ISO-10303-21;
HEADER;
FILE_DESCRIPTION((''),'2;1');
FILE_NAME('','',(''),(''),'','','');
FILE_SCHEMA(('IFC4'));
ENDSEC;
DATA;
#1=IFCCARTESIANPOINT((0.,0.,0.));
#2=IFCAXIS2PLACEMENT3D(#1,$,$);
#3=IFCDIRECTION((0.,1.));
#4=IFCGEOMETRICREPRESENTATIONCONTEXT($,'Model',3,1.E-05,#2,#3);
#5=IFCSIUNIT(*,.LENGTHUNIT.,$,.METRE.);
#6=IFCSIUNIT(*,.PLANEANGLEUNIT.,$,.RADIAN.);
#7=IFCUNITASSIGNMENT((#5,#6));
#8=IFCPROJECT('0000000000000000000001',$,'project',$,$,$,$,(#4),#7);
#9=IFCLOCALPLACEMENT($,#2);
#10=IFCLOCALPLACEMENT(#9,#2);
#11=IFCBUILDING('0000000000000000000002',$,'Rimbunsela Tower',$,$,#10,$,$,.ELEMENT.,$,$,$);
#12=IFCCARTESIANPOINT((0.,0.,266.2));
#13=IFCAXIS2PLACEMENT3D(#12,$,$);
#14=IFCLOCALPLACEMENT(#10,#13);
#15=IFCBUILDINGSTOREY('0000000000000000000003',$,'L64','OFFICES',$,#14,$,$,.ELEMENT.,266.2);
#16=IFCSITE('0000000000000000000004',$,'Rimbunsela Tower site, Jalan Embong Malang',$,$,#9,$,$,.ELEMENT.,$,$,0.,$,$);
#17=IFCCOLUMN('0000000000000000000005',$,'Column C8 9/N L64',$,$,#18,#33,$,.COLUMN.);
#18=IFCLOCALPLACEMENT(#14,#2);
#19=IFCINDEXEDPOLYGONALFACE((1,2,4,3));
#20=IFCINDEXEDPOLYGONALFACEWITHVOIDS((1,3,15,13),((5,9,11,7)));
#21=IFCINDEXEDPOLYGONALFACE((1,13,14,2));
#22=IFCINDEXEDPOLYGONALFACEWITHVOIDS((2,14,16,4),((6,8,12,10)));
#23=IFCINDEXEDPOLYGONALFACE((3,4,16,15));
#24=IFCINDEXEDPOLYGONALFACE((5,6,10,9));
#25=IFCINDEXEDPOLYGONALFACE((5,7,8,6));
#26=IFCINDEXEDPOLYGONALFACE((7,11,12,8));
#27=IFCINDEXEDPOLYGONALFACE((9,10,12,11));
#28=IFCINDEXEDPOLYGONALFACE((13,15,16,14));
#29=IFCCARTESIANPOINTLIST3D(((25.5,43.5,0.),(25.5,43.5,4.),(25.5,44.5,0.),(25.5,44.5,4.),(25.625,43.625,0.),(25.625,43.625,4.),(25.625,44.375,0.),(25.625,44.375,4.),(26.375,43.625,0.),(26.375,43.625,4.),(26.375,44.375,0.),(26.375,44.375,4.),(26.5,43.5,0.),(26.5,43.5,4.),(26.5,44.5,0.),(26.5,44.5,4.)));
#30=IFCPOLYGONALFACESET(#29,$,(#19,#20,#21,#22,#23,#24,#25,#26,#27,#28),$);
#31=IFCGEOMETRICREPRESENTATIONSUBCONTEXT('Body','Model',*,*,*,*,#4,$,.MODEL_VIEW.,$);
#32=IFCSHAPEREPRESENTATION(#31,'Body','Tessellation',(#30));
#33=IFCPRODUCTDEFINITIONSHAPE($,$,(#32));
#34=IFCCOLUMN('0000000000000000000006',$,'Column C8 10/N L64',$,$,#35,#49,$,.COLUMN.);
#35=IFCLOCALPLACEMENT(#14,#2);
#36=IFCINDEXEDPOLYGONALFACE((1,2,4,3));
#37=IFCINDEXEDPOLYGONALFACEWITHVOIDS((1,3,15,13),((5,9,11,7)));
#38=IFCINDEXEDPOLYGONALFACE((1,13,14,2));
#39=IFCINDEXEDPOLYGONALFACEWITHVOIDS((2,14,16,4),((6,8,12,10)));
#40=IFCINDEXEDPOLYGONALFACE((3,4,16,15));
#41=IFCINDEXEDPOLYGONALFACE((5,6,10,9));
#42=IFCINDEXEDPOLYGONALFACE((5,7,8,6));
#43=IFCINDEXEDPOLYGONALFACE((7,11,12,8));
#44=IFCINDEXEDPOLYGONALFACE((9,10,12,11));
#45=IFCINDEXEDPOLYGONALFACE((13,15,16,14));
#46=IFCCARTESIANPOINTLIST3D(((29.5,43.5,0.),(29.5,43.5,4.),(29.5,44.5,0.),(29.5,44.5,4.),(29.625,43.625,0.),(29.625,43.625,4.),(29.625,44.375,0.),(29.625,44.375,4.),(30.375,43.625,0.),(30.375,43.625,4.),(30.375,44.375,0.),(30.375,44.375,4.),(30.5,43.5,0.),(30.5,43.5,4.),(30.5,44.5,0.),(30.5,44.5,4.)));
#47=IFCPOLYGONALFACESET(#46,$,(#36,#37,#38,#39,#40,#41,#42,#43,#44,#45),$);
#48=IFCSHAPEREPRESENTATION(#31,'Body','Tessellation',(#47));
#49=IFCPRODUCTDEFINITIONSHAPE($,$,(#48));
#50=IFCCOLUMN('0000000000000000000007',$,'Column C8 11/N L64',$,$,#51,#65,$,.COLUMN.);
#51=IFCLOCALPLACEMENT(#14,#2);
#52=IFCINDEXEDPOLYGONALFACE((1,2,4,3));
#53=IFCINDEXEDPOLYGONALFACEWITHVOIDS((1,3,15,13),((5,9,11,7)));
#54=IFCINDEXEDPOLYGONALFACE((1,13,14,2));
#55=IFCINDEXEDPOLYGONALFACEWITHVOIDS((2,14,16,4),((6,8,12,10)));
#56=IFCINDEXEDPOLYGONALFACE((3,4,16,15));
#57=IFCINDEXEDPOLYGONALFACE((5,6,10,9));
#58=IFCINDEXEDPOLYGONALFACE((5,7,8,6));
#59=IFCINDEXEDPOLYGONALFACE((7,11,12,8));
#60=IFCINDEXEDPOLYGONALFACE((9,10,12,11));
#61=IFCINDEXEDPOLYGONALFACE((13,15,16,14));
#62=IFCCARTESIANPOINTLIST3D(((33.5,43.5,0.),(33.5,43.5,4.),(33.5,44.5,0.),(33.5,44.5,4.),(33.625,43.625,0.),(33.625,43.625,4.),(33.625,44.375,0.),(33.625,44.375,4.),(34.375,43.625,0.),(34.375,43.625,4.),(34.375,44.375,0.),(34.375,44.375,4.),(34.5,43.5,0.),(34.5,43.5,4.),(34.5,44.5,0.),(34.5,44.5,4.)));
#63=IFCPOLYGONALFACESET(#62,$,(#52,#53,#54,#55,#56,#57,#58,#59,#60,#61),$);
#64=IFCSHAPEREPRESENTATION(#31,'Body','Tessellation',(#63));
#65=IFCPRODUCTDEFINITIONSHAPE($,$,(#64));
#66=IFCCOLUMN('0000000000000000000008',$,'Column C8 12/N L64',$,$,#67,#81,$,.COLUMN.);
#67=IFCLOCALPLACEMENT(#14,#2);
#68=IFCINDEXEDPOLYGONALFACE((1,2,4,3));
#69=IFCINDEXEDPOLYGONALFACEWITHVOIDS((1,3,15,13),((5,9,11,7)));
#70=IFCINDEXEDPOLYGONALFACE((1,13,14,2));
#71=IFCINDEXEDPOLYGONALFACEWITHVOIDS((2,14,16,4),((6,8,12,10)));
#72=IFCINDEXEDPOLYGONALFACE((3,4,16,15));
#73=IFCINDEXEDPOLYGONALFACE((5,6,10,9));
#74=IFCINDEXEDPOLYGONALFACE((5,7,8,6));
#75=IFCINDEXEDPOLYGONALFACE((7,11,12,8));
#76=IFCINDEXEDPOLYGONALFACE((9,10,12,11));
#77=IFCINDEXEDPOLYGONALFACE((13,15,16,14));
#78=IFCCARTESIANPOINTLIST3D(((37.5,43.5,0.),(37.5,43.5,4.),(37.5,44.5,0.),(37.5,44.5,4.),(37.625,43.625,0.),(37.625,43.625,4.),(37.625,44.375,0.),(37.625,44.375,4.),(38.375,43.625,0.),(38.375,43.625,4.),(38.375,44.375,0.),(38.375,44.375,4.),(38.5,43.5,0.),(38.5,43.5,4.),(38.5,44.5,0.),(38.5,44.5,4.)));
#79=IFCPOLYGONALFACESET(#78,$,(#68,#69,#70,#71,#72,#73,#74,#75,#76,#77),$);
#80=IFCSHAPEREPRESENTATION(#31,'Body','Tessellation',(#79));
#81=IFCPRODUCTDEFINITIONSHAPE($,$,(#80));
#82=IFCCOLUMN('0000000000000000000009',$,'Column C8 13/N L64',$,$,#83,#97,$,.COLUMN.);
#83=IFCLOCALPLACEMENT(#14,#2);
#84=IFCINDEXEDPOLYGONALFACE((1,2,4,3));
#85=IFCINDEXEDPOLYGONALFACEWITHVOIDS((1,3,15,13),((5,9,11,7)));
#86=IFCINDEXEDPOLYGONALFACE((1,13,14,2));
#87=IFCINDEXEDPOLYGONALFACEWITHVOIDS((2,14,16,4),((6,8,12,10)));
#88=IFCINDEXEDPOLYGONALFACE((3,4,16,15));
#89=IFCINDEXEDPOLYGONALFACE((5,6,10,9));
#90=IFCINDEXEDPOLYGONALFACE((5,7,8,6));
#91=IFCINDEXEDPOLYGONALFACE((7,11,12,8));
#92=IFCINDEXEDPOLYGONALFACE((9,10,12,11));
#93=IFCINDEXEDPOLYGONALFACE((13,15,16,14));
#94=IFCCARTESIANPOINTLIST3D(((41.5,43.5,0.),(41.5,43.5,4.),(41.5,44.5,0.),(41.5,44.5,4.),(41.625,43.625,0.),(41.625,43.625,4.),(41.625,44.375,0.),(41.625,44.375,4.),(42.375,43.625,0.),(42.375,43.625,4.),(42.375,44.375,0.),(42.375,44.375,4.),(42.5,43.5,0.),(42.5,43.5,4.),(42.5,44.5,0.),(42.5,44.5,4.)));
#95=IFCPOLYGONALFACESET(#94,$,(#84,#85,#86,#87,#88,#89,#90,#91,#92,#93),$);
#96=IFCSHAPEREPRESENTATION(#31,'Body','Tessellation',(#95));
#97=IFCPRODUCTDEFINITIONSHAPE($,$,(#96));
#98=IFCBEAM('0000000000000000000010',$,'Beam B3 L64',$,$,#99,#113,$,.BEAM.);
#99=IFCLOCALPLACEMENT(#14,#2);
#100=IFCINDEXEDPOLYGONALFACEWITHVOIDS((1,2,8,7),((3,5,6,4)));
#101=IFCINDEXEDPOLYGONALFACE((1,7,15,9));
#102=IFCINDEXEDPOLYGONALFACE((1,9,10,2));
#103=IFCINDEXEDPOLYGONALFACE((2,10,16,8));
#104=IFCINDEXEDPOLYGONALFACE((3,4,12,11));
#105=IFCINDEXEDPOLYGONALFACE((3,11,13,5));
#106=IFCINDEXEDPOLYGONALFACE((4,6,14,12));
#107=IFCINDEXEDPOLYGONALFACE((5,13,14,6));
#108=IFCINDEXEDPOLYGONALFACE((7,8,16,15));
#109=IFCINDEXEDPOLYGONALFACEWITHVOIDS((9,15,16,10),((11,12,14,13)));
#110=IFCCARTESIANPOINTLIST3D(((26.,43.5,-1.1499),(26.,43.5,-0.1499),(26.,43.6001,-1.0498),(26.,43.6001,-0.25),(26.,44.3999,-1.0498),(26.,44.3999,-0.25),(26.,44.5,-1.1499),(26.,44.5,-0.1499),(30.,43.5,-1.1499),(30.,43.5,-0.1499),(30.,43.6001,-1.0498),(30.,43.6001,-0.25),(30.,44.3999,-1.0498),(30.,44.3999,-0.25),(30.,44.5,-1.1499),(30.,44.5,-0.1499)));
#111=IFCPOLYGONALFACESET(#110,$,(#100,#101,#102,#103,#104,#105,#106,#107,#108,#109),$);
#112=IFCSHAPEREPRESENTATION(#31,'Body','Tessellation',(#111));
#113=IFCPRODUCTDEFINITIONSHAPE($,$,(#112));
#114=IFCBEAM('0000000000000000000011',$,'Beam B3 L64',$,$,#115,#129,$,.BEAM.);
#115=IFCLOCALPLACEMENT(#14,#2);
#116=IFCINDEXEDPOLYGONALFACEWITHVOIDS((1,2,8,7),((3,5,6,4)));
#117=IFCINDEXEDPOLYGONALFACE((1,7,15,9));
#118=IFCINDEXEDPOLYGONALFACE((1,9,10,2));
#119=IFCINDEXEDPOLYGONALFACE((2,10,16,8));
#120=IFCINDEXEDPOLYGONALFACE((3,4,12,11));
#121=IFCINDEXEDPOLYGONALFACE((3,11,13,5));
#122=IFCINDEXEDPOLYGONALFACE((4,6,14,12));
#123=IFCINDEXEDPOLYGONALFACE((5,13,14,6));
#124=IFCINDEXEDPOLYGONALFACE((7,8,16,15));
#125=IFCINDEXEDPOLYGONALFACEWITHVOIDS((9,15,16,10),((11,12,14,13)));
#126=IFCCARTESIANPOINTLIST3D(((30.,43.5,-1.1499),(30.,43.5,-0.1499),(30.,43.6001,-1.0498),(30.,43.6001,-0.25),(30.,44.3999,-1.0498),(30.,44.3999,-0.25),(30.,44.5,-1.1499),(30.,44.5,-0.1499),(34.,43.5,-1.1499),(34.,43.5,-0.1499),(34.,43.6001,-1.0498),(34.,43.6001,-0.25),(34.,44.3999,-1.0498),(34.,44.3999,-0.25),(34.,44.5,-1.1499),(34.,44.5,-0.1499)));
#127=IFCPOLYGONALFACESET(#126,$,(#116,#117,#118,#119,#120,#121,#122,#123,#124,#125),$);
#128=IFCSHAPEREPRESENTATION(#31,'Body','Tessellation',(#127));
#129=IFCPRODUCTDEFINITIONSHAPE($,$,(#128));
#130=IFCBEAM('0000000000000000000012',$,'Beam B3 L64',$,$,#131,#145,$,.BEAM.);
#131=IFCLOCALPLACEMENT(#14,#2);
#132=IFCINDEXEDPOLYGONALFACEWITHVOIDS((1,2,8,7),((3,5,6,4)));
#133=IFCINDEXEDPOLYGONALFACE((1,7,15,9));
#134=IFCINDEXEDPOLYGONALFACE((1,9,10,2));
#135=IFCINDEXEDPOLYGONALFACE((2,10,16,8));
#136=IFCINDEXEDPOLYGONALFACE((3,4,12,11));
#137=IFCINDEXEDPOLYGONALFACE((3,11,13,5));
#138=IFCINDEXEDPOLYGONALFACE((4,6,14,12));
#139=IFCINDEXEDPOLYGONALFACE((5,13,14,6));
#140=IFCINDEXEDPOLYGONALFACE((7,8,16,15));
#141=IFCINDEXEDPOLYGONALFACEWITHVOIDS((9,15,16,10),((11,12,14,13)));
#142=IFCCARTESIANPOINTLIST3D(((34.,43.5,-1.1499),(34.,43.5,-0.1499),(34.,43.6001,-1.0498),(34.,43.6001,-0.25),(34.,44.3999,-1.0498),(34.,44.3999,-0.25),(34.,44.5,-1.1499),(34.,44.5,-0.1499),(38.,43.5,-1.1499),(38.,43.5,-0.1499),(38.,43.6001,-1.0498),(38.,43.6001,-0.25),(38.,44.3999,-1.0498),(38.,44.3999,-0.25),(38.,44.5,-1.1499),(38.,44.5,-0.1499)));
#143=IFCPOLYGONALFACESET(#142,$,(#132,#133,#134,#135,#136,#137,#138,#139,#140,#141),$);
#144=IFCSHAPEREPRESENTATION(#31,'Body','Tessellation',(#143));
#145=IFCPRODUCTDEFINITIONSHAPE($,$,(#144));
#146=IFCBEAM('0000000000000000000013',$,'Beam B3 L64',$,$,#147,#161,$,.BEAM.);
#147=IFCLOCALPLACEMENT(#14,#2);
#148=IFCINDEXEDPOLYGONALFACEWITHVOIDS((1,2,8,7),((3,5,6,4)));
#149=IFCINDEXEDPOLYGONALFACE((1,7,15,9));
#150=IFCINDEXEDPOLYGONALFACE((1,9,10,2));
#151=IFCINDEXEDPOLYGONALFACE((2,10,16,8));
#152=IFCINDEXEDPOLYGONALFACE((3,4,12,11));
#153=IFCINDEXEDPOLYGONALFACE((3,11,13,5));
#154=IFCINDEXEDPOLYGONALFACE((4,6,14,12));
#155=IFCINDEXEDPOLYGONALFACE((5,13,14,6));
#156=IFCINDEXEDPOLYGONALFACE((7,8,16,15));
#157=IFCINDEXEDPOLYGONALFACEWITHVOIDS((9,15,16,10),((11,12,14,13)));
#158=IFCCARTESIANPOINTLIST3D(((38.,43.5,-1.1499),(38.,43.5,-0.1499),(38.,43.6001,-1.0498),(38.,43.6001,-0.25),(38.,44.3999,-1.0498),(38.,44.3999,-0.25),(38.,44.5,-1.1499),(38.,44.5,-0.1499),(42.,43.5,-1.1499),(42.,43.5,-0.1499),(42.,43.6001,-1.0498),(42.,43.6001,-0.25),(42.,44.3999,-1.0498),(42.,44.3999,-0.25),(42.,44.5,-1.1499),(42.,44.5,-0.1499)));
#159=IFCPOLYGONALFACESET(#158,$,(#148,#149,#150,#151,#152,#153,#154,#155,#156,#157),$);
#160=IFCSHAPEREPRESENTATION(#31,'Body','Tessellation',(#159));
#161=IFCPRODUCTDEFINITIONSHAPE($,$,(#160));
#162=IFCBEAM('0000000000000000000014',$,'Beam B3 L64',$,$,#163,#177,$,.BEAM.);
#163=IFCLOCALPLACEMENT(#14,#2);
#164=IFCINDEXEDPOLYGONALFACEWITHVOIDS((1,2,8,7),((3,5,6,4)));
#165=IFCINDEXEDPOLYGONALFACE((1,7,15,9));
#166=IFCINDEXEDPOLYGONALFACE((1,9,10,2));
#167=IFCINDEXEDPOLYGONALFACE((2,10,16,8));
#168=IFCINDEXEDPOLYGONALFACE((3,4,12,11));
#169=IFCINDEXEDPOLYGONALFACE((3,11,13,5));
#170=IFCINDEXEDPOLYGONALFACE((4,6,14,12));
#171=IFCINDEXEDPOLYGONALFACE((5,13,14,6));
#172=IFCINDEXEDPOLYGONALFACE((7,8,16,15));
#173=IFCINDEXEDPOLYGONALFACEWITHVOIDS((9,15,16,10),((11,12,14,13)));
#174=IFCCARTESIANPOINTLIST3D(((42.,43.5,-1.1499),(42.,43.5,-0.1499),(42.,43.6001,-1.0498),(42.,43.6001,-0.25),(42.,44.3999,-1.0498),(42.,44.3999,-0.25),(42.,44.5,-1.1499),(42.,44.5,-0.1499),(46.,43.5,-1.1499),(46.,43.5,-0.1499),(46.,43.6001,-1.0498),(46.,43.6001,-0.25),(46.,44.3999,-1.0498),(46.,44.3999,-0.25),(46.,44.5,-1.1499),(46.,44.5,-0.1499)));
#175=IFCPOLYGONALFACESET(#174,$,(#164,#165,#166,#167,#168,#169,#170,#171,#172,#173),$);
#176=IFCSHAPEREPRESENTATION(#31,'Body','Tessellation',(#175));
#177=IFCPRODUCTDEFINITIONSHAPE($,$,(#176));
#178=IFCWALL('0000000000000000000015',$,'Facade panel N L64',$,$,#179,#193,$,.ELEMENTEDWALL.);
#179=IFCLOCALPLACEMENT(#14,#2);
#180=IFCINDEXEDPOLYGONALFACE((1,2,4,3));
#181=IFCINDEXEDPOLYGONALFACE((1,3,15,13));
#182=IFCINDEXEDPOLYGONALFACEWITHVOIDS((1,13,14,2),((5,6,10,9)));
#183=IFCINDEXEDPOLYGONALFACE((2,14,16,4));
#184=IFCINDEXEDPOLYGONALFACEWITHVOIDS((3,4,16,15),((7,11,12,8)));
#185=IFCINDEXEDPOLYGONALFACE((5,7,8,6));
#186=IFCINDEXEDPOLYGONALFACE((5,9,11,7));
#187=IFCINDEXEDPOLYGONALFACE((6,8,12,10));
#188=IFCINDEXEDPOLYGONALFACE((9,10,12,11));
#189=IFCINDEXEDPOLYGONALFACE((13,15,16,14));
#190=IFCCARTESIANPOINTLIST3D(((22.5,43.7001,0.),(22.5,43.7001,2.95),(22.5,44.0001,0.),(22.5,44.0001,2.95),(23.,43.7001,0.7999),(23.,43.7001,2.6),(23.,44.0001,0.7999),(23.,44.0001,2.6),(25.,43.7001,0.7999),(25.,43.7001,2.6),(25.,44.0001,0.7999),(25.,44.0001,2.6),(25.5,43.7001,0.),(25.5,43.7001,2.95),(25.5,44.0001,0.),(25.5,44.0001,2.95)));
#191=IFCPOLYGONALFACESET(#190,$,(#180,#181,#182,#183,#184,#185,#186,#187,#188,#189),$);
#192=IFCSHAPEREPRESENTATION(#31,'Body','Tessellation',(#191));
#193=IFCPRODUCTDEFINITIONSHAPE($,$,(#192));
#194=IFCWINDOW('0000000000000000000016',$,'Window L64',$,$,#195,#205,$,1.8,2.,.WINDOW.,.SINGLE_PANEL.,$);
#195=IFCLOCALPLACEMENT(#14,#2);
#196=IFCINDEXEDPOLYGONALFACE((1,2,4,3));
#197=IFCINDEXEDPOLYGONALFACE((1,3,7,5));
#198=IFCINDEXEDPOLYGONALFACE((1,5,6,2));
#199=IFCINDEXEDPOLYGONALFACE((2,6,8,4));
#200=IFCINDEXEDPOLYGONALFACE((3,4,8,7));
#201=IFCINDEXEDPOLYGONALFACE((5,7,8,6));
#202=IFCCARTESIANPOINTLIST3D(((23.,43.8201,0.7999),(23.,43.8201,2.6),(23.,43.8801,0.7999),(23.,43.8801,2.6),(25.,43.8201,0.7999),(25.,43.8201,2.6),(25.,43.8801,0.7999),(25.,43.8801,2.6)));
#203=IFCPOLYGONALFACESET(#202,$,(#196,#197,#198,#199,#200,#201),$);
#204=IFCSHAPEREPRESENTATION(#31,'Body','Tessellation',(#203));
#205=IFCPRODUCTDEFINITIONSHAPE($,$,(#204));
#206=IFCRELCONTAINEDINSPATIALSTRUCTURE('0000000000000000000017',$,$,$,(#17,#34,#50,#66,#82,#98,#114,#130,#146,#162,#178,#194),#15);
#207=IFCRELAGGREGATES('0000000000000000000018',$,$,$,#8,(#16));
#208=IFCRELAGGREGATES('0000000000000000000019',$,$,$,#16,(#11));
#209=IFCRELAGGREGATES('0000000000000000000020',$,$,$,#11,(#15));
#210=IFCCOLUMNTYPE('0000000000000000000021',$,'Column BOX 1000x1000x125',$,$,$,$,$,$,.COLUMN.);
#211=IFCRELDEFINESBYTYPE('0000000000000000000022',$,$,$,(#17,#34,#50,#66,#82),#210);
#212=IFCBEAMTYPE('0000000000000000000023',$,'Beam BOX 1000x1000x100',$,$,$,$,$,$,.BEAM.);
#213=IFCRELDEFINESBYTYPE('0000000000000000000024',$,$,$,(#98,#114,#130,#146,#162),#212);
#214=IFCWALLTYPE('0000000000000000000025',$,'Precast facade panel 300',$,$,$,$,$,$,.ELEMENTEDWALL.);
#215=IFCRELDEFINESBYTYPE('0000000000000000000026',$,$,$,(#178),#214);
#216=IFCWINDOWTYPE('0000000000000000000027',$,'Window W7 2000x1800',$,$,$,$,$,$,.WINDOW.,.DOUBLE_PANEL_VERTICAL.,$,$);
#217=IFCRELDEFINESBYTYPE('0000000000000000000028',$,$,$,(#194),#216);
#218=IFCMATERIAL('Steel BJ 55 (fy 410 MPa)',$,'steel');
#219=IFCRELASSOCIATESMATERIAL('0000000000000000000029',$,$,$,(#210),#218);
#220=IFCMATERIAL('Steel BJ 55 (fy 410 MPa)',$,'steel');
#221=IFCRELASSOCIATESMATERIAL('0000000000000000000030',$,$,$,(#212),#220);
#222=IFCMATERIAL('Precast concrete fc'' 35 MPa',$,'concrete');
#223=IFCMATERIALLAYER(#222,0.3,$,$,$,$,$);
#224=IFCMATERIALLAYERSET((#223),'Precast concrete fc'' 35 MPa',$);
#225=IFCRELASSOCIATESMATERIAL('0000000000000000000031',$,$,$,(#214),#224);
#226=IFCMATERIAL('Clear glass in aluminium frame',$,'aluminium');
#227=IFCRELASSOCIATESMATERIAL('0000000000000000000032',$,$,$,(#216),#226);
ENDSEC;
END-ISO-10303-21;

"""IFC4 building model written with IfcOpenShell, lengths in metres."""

from ifc_helpers import new_model, si_unit, direction, frame, frame_2d, origin, origin_2d, place, context, subcontext, project, spatial, rectangle, hollow_rectangle, extrude, material, layer, layer_set, material_profile, profile_set, type_object, element, fill, save


model = new_model("IFC4")

# Units and contexts
model_context = context("Model", 3, precision=1e-05, world=origin(), true_north=direction((0.0, 1.0)))
body_context = subcontext(model_context, "Body", "Model", "MODEL_VIEW")
ifc_project = project(units=[si_unit("LENGTHUNIT", "METRE"), si_unit("PLANEANGLEUNIT", "RADIAN")], contexts=[model_context])

# Site, building, storey
site_placement = place(None, origin())
site = spatial("IfcSite", under=ifc_project, at=site_placement, Name="Rimbunsela Tower site, Jalan Embong Malang", CompositionType="ELEMENT", RefElevation=0.0)
building_placement = place(site_placement, origin())
building = spatial("IfcBuilding", under=site, at=building_placement, Name="Rimbunsela Tower", CompositionType="ELEMENT")
storey_placement = place(building_placement, frame((0.0, 0.0, 266.2)))
storey = spatial("IfcBuildingStorey", under=building, at=storey_placement, Name="L64", Description="OFFICES", CompositionType="ELEMENT", Elevation=266.2)

# Columns
ifc_material_1 = material(Name="Steel BJ 55 (fy 410 MPa)", Category="steel")
ifc_material_profile_1 = material_profile(ifc_material_1, hollow_rectangle(XDim=1.0, YDim=1.0, WallThickness=0.125, at=origin_2d()), Name="BOX 1000x1000x125")
ifc_profile_set_1 = profile_set([ifc_material_profile_1], Name="Steel BJ 55 (fy 410 MPa)")
column_type = type_object("IfcColumnType", Name="Column BOX 1000x1000x125", PredefinedType="COLUMN", material=ifc_profile_set_1)
for number, where, z_axis, x_axis, name in (
    (1, (26.0, 44.0, 0.0), (0.0, 0.0, 1.0), (1.0, 0.0, 0.0), "Column C8 9/N L64"),
    (2, (30.0, 44.0, 0.0), (0.0, 0.0, 1.0), (1.0, 0.0, 0.0), "Column C8 10/N L64"),
    (3, (34.0, 44.0, 0.0), (0.0, 0.0, 1.0), (1.0, 0.0, 0.0), "Column C8 11/N L64"),
    (4, (38.0, 44.0, 0.0), (0.0, 0.0, 1.0), (1.0, 0.0, 0.0), "Column C8 12/N L64"),
    (5, (42.0, 44.0, 0.0), (0.0, 0.0, 1.0), (1.0, 0.0, 0.0), "Column C8 13/N L64"),
):
    element("IfcColumn", number, at=place(storey_placement, frame(where, z_axis=z_axis, x_axis=x_axis)), inside=storey, type_object=column_type, Name=name, PredefinedType="COLUMN", context=body_context, shape_type="SweptSolid", body=[
        extrude(hollow_rectangle(XDim=1.0, YDim=1.0, WallThickness=0.125, at=origin_2d()), origin(), (0.0, 0.0, 1.0), 4.0),
    ])

# Beams
ifc_material_2 = material(Name="Steel BJ 55 (fy 410 MPa)", Category="steel")
ifc_material_profile_2 = material_profile(ifc_material_2, hollow_rectangle(XDim=1.0, YDim=1.0, WallThickness=0.1001, at=origin_2d()), Name="BOX 1000x1000x100")
ifc_profile_set_2 = profile_set([ifc_material_profile_2], Name="Steel BJ 55 (fy 410 MPa)")
beam_type = type_object("IfcBeamType", Name="Beam BOX 1000x1000x100", PredefinedType="BEAM", material=ifc_profile_set_2)
for number, where, z_axis, x_axis, name in (
    (6, (26.0, 44.0, -0.6499), (1.0, 0.0, 0.0), (0.0, 1.0, 0.0), "Beam B3 L64"),
    (7, (30.0, 44.0, -0.6499), (1.0, 0.0, 0.0), (0.0, 1.0, 0.0), "Beam B3 L64"),
    (8, (34.0, 44.0, -0.6499), (1.0, 0.0, 0.0), (0.0, 1.0, 0.0), "Beam B3 L64"),
    (9, (38.0, 44.0, -0.6499), (1.0, 0.0, 0.0), (0.0, 1.0, 0.0), "Beam B3 L64"),
    (10, (42.0, 44.0, -0.6499), (1.0, 0.0, 0.0), (0.0, 1.0, 0.0), "Beam B3 L64"),
):
    element("IfcBeam", number, at=place(storey_placement, frame(where, z_axis=z_axis, x_axis=x_axis)), inside=storey, type_object=beam_type, Name=name, PredefinedType="BEAM", context=body_context, shape_type="SweptSolid", body=[
        extrude(hollow_rectangle(XDim=1.0, YDim=1.0, WallThickness=0.1001, at=origin_2d()), origin(), (0.0, 0.0, 1.0), 4.0),
    ])

# Wall, opening, window
ifc_material_3 = material(Name="Precast concrete fc' 35 MPa", Category="concrete")
ifc_layer_1 = layer(ifc_material_3, 0.3)
ifc_layer_set_1 = layer_set([ifc_layer_1], Name="Precast concrete fc' 35 MPa")
wall_type_1 = type_object("IfcWallType", Name="Precast facade panel 300", PredefinedType="ELEMENTEDWALL", material=ifc_layer_set_1)
wall_1_placement = place(storey_placement, frame((25.5, 43.8501, 0.0), z_axis=(0.0, 0.0, 1.0), x_axis=(-1.0, 0.0, 0.0)))
wall_1 = element("IfcWall", 11, at=wall_1_placement, inside=storey, type_object=wall_type_1, Name="Facade panel N L64", PredefinedType="ELEMENTEDWALL", context=body_context, shape_type="SweptSolid", body=[
    extrude(rectangle(XDim=3.0, YDim=0.3, at=frame_2d((1.5, 0.0))), origin(), (0.0, 0.0, 1.0), 2.95),
])
opening_1_placement = place(wall_1_placement, frame((0.5, 0.0, 0.8)))
opening_1 = element("IfcOpeningElement", 12, at=opening_1_placement, cuts=wall_1, PredefinedType="OPENING", context=body_context, shape_type="SweptSolid", body=[
    extrude(rectangle(XDim=2.0, YDim=1.8, at=frame_2d((1.0, 0.8999))), frame((0.0, 0.1599, 0.0), z_axis=(0.0, -1.0, 0.0), x_axis=(1.0, 0.0, 0.0)), (0.0, 0.0, 1.0), 0.3201),
])
ifc_material_4 = material(Name="Clear glass in aluminium frame", Category="aluminium")
window_type_1 = type_object("IfcWindowType", Name="Window W7 2000x1800", PartitioningType="DOUBLE_PANEL_VERTICAL", PredefinedType="WINDOW", material=ifc_material_4)
window_1_placement = place(opening_1_placement, origin())
window_1 = element("IfcWindow", 13, at=window_1_placement, inside=storey, type_object=window_type_1, Name="Window L64", OverallHeight=1.8, OverallWidth=2.0, PartitioningType="SINGLE_PANEL", PredefinedType="WINDOW", context=body_context, shape_type="SweptSolid", body=[
    extrude(rectangle(XDim=2.0, YDim=1.8, at=frame_2d((1.0, 0.8999))), frame((0.0, 0.03, 0.0), z_axis=(0.0, -1.0, 0.0), x_axis=(1.0, 0.0, 0.0)), (0.0, 0.0, 1.0), 0.0601),
])
fill(opening_1, window_1)

save(model, "model.ifc")
